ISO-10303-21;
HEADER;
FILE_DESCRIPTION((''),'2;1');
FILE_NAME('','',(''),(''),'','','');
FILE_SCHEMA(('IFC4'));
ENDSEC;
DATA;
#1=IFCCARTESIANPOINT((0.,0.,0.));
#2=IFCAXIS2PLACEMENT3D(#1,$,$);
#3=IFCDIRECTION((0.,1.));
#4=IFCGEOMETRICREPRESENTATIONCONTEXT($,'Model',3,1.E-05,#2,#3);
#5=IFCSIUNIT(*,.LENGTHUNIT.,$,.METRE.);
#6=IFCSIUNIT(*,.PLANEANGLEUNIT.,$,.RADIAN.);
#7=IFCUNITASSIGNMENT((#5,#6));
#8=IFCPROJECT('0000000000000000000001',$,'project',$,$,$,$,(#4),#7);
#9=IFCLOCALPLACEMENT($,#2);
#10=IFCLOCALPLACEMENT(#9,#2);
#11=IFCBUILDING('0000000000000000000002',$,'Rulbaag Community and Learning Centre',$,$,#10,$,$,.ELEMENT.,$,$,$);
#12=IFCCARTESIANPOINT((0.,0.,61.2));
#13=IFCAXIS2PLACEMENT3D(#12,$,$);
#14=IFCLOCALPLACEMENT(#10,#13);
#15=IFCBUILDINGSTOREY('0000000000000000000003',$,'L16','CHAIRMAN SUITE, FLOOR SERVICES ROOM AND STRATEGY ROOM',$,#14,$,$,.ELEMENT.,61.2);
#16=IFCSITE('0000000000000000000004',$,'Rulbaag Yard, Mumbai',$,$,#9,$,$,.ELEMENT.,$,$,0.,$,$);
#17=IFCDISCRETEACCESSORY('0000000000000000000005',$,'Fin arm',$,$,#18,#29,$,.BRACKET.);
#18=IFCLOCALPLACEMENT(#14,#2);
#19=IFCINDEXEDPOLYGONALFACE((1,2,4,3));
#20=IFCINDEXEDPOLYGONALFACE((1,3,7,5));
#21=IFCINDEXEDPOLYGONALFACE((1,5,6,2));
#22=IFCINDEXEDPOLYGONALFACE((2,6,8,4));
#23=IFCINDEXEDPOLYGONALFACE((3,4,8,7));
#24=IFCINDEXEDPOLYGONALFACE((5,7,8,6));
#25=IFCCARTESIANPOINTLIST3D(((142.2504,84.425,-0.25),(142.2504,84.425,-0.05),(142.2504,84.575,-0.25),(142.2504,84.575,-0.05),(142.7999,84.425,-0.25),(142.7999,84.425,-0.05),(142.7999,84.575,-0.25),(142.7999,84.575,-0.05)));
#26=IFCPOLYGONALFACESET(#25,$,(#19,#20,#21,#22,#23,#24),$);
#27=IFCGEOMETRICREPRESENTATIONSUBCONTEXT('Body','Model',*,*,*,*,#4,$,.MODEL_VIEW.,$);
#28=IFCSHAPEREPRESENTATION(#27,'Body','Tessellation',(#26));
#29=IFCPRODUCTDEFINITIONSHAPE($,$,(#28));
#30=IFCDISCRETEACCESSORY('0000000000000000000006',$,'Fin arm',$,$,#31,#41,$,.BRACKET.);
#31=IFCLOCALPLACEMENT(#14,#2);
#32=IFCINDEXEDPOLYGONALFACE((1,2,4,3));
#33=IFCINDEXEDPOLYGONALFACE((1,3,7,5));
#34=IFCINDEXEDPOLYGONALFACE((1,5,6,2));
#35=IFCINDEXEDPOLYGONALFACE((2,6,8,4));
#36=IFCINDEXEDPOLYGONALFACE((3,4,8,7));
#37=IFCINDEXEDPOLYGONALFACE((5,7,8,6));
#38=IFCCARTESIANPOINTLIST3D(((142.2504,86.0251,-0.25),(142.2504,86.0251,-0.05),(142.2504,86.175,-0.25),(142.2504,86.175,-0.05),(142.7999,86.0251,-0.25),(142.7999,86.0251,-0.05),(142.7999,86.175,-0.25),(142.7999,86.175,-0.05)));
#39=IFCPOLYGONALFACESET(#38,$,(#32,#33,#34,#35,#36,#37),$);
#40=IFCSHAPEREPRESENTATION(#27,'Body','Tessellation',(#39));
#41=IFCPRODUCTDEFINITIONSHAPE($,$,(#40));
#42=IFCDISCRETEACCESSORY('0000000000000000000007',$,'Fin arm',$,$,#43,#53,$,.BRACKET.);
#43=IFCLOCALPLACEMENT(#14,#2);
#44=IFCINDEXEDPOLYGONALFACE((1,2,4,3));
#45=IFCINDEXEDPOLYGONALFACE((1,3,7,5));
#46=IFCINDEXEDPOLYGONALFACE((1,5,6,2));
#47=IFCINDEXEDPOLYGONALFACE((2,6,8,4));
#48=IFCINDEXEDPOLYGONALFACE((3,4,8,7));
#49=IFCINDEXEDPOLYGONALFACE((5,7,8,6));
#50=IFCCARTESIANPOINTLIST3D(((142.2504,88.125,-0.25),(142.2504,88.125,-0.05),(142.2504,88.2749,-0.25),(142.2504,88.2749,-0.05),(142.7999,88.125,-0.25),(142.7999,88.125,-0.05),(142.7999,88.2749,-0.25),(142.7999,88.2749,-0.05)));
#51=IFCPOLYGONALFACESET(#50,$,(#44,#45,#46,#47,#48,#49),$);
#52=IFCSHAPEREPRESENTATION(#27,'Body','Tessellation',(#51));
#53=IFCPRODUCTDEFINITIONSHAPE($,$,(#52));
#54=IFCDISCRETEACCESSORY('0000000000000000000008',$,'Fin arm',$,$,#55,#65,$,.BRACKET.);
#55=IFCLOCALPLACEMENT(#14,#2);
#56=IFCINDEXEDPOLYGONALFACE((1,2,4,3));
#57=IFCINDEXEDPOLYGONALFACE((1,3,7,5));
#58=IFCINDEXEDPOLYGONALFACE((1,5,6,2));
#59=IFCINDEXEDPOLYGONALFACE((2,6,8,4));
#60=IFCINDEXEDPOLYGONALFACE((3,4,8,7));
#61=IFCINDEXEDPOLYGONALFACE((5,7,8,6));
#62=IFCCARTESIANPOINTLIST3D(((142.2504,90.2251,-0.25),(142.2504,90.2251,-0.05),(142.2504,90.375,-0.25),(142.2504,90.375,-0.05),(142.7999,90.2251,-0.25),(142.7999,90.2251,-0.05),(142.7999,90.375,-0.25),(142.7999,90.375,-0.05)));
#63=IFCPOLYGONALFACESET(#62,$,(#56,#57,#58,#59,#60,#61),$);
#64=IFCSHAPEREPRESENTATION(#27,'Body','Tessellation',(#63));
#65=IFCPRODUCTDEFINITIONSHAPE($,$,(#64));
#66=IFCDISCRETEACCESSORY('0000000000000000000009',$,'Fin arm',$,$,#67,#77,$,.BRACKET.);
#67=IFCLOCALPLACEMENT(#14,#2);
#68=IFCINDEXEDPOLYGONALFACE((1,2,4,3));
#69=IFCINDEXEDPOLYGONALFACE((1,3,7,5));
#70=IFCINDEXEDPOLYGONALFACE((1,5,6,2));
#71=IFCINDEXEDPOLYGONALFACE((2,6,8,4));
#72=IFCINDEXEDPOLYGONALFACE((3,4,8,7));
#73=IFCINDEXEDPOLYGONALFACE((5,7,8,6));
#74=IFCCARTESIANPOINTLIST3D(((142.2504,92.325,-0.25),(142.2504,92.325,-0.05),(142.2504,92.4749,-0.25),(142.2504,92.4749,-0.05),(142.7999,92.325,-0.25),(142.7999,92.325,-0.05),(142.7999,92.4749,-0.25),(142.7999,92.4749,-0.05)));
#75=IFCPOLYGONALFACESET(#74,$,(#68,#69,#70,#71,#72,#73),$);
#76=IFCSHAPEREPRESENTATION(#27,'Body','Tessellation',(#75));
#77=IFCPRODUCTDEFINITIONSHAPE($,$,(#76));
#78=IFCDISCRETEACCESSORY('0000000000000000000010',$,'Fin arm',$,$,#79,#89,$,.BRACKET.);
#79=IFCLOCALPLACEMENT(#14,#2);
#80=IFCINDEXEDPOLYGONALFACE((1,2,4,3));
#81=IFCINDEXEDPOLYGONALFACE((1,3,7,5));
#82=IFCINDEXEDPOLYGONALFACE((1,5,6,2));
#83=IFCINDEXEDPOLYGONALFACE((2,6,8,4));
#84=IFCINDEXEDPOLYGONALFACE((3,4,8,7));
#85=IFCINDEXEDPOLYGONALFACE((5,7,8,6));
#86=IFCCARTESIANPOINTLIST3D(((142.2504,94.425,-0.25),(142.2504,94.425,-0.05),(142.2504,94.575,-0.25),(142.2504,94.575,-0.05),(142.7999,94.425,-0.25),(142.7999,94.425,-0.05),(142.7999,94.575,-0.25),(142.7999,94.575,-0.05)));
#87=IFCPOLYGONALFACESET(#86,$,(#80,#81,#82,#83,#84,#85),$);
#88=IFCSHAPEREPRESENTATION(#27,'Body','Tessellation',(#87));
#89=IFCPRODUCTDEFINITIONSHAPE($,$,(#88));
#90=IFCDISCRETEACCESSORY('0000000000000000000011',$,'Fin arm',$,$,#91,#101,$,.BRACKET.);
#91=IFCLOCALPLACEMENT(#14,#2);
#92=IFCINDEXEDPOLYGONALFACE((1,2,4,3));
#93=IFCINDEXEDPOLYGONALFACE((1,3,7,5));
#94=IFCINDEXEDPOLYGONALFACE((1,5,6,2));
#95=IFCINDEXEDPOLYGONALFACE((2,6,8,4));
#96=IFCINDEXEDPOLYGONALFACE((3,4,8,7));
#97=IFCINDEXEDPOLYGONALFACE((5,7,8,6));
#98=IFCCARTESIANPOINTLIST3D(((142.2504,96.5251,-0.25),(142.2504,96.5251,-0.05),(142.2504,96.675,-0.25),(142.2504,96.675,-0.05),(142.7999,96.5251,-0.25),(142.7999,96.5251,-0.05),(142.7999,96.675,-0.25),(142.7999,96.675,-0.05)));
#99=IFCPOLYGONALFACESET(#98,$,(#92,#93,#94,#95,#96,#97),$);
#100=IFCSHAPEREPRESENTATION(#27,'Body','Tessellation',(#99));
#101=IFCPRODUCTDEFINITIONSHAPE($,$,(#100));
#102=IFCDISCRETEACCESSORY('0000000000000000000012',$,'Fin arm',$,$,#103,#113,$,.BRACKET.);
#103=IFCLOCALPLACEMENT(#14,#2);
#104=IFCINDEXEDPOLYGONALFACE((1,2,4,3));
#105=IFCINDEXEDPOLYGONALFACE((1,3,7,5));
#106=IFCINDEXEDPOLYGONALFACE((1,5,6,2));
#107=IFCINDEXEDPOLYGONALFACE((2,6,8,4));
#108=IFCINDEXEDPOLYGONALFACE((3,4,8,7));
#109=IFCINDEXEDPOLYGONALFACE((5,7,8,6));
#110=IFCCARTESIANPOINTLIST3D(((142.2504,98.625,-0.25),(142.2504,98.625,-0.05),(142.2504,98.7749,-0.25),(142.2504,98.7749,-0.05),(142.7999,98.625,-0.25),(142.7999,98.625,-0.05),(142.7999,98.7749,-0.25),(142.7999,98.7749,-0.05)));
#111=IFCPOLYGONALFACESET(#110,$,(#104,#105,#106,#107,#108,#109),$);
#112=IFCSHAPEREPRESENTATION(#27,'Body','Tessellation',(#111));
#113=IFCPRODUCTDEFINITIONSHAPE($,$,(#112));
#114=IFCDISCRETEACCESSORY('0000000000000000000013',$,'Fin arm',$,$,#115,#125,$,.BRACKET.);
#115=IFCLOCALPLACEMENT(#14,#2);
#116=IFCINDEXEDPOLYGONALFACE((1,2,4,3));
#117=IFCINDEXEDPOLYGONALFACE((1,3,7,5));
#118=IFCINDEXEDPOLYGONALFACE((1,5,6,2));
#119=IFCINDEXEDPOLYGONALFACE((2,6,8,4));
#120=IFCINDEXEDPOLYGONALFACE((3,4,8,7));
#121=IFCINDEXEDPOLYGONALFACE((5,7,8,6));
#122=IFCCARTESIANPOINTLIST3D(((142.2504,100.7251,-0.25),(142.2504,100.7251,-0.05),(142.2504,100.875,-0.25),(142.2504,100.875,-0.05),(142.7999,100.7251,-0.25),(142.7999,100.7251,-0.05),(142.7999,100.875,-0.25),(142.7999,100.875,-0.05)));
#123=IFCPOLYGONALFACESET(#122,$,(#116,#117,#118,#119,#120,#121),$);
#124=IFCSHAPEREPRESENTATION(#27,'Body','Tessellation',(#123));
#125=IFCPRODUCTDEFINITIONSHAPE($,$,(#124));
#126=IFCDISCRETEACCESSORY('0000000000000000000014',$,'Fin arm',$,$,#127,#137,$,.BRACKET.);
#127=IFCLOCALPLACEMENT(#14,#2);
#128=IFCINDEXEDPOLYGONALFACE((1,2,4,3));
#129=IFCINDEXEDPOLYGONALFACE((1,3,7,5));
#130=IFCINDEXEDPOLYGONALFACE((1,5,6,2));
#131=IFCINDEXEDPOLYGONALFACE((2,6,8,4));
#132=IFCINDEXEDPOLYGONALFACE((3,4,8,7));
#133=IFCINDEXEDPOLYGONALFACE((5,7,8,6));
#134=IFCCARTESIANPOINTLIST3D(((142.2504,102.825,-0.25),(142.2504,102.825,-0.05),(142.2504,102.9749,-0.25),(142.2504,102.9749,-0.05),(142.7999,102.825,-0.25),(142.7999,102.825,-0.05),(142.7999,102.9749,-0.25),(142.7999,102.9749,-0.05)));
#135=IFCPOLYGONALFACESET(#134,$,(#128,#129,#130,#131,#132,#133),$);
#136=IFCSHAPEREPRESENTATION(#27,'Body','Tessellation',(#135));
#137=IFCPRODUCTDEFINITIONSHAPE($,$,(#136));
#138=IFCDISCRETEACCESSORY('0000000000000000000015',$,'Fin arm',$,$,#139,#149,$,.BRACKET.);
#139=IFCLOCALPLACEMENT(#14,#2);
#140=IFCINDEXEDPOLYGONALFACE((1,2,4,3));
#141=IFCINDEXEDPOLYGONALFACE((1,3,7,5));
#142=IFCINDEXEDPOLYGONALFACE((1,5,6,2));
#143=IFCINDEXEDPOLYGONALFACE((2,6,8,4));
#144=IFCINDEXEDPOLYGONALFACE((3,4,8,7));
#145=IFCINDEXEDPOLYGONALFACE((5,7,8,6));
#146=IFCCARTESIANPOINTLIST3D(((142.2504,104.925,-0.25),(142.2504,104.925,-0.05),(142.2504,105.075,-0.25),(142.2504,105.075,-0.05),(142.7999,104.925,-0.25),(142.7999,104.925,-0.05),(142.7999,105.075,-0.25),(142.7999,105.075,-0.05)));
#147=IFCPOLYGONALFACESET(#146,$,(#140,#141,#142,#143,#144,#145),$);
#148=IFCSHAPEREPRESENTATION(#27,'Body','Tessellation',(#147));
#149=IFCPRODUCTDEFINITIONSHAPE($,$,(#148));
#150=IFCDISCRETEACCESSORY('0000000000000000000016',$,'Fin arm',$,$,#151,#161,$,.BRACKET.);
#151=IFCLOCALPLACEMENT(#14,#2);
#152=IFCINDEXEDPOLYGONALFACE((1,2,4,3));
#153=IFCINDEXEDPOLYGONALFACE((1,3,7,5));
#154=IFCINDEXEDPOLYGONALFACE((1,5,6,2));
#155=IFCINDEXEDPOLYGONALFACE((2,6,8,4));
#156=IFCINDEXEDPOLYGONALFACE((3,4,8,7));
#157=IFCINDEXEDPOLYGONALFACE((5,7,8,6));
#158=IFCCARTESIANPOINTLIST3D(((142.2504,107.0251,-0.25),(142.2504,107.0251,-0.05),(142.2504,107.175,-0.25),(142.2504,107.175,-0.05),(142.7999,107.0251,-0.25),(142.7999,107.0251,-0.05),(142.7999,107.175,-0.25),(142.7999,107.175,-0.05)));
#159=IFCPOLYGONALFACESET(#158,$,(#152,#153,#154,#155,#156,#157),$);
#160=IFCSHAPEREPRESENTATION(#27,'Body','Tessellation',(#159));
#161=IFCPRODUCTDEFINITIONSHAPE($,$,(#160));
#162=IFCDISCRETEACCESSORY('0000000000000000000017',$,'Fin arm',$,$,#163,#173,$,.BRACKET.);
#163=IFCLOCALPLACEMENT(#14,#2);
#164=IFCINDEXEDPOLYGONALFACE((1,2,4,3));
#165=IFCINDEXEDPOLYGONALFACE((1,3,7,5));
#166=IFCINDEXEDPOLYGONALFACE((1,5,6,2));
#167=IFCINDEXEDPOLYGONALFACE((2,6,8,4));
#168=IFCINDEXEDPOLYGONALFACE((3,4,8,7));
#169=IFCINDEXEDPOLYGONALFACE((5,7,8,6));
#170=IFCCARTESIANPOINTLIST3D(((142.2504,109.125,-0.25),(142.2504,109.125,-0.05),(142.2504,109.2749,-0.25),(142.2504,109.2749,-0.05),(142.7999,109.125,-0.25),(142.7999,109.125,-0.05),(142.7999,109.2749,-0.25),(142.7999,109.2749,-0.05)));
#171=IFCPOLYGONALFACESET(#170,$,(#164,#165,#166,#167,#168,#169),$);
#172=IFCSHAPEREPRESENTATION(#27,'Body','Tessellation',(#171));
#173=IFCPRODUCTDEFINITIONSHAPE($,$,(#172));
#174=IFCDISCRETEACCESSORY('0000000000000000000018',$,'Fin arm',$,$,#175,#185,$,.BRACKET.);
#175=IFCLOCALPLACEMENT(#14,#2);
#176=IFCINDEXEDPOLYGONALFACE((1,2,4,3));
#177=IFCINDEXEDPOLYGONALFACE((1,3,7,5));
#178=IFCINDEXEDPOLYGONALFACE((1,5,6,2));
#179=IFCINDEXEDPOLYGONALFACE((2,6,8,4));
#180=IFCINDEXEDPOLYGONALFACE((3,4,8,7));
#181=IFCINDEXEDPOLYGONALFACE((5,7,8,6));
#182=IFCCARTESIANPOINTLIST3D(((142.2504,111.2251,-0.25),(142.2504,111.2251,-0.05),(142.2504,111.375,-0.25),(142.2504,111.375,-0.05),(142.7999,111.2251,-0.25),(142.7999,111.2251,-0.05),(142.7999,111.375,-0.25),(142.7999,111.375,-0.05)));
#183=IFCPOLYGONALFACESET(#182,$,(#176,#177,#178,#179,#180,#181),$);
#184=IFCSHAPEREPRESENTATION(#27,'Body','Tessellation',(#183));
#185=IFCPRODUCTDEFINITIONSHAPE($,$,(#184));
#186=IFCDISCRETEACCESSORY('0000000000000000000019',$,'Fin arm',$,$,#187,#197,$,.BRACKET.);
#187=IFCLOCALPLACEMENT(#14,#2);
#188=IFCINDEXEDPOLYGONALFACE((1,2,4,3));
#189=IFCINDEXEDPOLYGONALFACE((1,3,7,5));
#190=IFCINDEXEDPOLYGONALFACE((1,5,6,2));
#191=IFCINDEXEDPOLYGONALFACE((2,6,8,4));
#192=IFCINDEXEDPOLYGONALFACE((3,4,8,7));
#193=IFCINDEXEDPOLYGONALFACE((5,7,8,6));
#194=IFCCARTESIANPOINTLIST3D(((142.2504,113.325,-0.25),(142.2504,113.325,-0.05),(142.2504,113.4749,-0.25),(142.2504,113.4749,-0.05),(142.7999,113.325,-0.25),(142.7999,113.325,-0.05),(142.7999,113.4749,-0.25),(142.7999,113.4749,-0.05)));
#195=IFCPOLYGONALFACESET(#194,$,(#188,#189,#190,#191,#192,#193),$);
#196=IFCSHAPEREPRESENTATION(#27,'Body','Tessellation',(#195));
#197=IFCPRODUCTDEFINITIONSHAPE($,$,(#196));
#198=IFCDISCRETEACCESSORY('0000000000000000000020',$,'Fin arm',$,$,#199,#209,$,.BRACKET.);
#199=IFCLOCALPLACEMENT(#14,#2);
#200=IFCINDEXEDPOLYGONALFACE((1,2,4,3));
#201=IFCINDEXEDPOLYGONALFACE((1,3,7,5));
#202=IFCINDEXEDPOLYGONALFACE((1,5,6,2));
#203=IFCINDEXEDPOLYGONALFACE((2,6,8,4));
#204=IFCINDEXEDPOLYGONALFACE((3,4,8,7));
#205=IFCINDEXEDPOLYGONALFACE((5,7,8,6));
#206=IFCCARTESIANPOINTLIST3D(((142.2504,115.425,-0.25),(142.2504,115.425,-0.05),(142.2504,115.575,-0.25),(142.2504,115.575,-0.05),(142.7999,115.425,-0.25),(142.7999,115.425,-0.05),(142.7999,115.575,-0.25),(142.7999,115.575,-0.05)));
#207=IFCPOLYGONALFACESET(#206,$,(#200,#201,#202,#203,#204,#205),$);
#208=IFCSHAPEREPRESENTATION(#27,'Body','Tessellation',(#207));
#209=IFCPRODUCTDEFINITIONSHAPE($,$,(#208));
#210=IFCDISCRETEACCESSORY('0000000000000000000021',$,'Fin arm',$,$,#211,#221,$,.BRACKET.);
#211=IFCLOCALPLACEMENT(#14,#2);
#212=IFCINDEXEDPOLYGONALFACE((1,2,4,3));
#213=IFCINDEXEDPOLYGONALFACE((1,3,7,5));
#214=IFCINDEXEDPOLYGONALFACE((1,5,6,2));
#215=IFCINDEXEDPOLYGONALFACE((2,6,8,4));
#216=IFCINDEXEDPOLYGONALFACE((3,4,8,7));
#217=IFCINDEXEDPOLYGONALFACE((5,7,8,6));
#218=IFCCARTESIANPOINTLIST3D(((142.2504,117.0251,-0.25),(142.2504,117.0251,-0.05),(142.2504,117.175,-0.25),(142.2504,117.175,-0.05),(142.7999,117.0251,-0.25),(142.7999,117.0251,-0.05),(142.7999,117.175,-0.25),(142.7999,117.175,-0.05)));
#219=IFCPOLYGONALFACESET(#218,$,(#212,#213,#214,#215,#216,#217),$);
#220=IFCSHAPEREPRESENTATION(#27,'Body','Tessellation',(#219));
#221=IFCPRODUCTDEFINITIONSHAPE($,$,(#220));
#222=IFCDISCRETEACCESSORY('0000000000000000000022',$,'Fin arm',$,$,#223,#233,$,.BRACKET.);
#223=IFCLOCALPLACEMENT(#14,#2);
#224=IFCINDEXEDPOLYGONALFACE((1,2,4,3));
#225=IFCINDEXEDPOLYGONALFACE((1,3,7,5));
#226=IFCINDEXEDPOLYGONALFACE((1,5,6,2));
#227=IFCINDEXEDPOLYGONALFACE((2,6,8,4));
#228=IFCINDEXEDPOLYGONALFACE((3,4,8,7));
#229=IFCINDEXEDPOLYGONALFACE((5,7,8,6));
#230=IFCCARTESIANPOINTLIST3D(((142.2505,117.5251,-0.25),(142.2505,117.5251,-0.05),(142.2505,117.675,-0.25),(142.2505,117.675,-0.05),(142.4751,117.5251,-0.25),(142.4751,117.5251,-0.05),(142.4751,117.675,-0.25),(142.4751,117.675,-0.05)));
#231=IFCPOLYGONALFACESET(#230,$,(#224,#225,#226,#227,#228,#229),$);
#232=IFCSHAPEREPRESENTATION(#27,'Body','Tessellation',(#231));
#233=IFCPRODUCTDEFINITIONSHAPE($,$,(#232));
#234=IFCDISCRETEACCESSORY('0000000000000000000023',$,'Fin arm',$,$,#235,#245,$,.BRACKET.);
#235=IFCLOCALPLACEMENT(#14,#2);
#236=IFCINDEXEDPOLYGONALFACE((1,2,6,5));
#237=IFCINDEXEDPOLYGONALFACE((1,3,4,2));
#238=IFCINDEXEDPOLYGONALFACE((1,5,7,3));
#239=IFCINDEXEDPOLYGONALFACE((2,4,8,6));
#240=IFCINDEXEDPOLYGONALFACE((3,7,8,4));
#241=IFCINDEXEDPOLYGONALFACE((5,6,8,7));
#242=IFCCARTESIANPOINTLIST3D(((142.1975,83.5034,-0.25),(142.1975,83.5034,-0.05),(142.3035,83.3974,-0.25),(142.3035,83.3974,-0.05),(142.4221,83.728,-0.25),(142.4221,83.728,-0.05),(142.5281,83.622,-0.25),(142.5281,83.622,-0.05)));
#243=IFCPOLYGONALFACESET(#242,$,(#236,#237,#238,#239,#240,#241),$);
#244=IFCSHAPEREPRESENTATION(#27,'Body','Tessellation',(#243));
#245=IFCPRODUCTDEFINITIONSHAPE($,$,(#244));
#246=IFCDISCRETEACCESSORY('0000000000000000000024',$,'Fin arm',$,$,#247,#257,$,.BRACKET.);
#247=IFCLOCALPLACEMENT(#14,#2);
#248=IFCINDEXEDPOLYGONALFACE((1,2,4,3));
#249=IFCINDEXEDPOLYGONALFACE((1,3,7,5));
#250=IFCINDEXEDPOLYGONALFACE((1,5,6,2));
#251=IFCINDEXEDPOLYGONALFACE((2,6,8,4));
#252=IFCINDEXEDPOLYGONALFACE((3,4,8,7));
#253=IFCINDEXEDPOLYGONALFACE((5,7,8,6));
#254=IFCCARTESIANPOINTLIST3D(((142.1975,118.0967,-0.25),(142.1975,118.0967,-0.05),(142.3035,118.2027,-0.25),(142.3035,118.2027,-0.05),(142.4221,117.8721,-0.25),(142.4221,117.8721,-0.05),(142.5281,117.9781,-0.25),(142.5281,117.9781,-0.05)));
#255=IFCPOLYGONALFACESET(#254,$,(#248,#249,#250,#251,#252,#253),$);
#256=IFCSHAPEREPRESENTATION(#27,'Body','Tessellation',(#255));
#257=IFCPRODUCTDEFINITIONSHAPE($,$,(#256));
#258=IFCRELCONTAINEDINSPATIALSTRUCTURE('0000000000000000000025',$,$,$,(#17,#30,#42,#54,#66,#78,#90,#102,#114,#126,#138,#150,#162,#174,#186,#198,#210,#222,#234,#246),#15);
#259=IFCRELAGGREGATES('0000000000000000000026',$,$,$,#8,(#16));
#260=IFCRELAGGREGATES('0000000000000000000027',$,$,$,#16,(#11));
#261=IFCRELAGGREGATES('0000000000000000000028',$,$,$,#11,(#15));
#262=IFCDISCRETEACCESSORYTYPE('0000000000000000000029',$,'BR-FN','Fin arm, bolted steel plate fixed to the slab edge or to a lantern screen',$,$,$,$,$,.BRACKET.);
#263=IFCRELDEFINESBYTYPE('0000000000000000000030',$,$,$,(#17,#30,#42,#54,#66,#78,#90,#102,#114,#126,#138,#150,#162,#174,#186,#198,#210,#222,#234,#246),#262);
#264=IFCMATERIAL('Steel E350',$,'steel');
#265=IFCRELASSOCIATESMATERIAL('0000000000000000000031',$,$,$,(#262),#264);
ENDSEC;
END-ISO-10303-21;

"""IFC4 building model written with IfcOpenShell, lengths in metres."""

from ifc_helpers import new_model, si_unit, direction, frame, origin, origin_2d, place, context, subcontext, project, spatial, rectangle, extrude, material, type_object, element, save


model = new_model("IFC4")

# Units and contexts
model_context = context("Model", 3, precision=1e-05, world=origin(), true_north=direction((0.0, 1.0)))
body_context = subcontext(model_context, "Body", "Model", "MODEL_VIEW")
ifc_project = project(units=[si_unit("LENGTHUNIT", "METRE"), si_unit("PLANEANGLEUNIT", "RADIAN")], contexts=[model_context])

# Site, building, storey
site_placement = place(None, origin())
site = spatial("IfcSite", under=ifc_project, at=site_placement, Name="Rulbaag Yard, Mumbai", CompositionType="ELEMENT", RefElevation=0.0)
building_placement = place(site_placement, origin())
building = spatial("IfcBuilding", under=site, at=building_placement, Name="Rulbaag Community and Learning Centre", CompositionType="ELEMENT")
storey_placement = place(building_placement, frame((0.0, 0.0, 61.2)))
storey = spatial("IfcBuildingStorey", under=building, at=storey_placement, Name="L16", Description="CHAIRMAN SUITE, FLOOR SERVICES ROOM AND STRATEGY ROOM", CompositionType="ELEMENT", Elevation=61.2)

# Discrete accessories
ifc_material_1 = material(Name="Steel E350", Category="steel")
discrete_accessory_type = type_object("IfcDiscreteAccessoryType", Name="BR-FN", Description="Fin arm, bolted steel plate fixed to the slab edge or to a lantern screen", PredefinedType="BRACKET", material=ifc_material_1)
for number, where, z_axis, x_axis, name in (
    (1, (142.5251, 84.5, -0.25), (0.0, 0.0, 1.0), (1.0, 0.0, 0.0), "Fin arm"),
    (2, (142.5251, 86.1001, -0.25), (0.0, 0.0, 1.0), (1.0, 0.0, 0.0), "Fin arm"),
    (3, (142.5251, 88.2, -0.25), (0.0, 0.0, 1.0), (1.0, 0.0, 0.0), "Fin arm"),
    (4, (142.5251, 90.3, -0.25), (0.0, 0.0, 1.0), (1.0, 0.0, 0.0), "Fin arm"),
    (5, (142.5251, 92.3999, -0.25), (0.0, 0.0, 1.0), (1.0, 0.0, 0.0), "Fin arm"),
    (6, (142.5251, 94.5, -0.25), (0.0, 0.0, 1.0), (1.0, 0.0, 0.0), "Fin arm"),
    (7, (142.5251, 96.6001, -0.25), (0.0, 0.0, 1.0), (1.0, 0.0, 0.0), "Fin arm"),
    (8, (142.5251, 98.7, -0.25), (0.0, 0.0, 1.0), (1.0, 0.0, 0.0), "Fin arm"),
    (9, (142.5251, 100.8, -0.25), (0.0, 0.0, 1.0), (1.0, 0.0, 0.0), "Fin arm"),
    (10, (142.5251, 102.8999, -0.25), (0.0, 0.0, 1.0), (1.0, 0.0, 0.0), "Fin arm"),
    (11, (142.5251, 105.0, -0.25), (0.0, 0.0, 1.0), (1.0, 0.0, 0.0), "Fin arm"),
    (12, (142.5251, 107.1001, -0.25), (0.0, 0.0, 1.0), (1.0, 0.0, 0.0), "Fin arm"),
    (13, (142.5251, 109.2, -0.25), (0.0, 0.0, 1.0), (1.0, 0.0, 0.0), "Fin arm"),
    (14, (142.5251, 111.3, -0.25), (0.0, 0.0, 1.0), (1.0, 0.0, 0.0), "Fin arm"),
    (15, (142.5251, 113.3999, -0.25), (0.0, 0.0, 1.0), (1.0, 0.0, 0.0), "Fin arm"),
    (16, (142.5251, 115.5, -0.25), (0.0, 0.0, 1.0), (1.0, 0.0, 0.0), "Fin arm"),
    (17, (142.5251, 117.1001, -0.25), (0.0, 0.0, 1.0), (1.0, 0.0, 0.0), "Fin arm"),
):
    element("IfcDiscreteAccessory", number, at=place(storey_placement, frame(where, z_axis=z_axis, x_axis=x_axis)), inside=storey, type_object=discrete_accessory_type, Name=name, PredefinedType="BRACKET", context=body_context, shape_type="SweptSolid", body=[
        extrude(rectangle(XDim=0.5496, YDim=0.1499, at=origin_2d()), origin(), (0.0, 0.0, 1.0), 0.2),
    ])
discrete_accessory_1_placement = place(storey_placement, frame((142.3628, 117.6001, -0.25), z_axis=(0.0, 0.0, 1.0), x_axis=(1.0, 0.0, 0.0)))
element("IfcDiscreteAccessory", 18, at=discrete_accessory_1_placement, inside=storey, type_object=discrete_accessory_type, Name="Fin arm", PredefinedType="BRACKET", context=body_context, shape_type="SweptSolid", body=[
    extrude(rectangle(XDim=0.2246, YDim=0.1499, at=origin_2d()), origin(), (0.0, 0.0, 1.0), 0.2),
])
for number, where, z_axis, x_axis, name in (
    (19, (142.3628, 83.5627, -0.25), (0.0, 0.0, 1.0), (0.707107, 0.707107, 0.0), "Fin arm"),
    (20, (142.3628, 118.0374, -0.25), (0.0, 0.0, 1.0), (-0.707107, 0.707107, 0.0), "Fin arm"),
):
    element("IfcDiscreteAccessory", number, at=place(storey_placement, frame(where, z_axis=z_axis, x_axis=x_axis)), inside=storey, type_object=discrete_accessory_type, Name=name, PredefinedType="BRACKET", context=body_context, shape_type="SweptSolid", body=[
        extrude(rectangle(XDim=0.3176, YDim=0.1499, at=origin_2d()), origin(), (0.0, 0.0, 1.0), 0.2),
    ])

save(model, "model.ifc")
